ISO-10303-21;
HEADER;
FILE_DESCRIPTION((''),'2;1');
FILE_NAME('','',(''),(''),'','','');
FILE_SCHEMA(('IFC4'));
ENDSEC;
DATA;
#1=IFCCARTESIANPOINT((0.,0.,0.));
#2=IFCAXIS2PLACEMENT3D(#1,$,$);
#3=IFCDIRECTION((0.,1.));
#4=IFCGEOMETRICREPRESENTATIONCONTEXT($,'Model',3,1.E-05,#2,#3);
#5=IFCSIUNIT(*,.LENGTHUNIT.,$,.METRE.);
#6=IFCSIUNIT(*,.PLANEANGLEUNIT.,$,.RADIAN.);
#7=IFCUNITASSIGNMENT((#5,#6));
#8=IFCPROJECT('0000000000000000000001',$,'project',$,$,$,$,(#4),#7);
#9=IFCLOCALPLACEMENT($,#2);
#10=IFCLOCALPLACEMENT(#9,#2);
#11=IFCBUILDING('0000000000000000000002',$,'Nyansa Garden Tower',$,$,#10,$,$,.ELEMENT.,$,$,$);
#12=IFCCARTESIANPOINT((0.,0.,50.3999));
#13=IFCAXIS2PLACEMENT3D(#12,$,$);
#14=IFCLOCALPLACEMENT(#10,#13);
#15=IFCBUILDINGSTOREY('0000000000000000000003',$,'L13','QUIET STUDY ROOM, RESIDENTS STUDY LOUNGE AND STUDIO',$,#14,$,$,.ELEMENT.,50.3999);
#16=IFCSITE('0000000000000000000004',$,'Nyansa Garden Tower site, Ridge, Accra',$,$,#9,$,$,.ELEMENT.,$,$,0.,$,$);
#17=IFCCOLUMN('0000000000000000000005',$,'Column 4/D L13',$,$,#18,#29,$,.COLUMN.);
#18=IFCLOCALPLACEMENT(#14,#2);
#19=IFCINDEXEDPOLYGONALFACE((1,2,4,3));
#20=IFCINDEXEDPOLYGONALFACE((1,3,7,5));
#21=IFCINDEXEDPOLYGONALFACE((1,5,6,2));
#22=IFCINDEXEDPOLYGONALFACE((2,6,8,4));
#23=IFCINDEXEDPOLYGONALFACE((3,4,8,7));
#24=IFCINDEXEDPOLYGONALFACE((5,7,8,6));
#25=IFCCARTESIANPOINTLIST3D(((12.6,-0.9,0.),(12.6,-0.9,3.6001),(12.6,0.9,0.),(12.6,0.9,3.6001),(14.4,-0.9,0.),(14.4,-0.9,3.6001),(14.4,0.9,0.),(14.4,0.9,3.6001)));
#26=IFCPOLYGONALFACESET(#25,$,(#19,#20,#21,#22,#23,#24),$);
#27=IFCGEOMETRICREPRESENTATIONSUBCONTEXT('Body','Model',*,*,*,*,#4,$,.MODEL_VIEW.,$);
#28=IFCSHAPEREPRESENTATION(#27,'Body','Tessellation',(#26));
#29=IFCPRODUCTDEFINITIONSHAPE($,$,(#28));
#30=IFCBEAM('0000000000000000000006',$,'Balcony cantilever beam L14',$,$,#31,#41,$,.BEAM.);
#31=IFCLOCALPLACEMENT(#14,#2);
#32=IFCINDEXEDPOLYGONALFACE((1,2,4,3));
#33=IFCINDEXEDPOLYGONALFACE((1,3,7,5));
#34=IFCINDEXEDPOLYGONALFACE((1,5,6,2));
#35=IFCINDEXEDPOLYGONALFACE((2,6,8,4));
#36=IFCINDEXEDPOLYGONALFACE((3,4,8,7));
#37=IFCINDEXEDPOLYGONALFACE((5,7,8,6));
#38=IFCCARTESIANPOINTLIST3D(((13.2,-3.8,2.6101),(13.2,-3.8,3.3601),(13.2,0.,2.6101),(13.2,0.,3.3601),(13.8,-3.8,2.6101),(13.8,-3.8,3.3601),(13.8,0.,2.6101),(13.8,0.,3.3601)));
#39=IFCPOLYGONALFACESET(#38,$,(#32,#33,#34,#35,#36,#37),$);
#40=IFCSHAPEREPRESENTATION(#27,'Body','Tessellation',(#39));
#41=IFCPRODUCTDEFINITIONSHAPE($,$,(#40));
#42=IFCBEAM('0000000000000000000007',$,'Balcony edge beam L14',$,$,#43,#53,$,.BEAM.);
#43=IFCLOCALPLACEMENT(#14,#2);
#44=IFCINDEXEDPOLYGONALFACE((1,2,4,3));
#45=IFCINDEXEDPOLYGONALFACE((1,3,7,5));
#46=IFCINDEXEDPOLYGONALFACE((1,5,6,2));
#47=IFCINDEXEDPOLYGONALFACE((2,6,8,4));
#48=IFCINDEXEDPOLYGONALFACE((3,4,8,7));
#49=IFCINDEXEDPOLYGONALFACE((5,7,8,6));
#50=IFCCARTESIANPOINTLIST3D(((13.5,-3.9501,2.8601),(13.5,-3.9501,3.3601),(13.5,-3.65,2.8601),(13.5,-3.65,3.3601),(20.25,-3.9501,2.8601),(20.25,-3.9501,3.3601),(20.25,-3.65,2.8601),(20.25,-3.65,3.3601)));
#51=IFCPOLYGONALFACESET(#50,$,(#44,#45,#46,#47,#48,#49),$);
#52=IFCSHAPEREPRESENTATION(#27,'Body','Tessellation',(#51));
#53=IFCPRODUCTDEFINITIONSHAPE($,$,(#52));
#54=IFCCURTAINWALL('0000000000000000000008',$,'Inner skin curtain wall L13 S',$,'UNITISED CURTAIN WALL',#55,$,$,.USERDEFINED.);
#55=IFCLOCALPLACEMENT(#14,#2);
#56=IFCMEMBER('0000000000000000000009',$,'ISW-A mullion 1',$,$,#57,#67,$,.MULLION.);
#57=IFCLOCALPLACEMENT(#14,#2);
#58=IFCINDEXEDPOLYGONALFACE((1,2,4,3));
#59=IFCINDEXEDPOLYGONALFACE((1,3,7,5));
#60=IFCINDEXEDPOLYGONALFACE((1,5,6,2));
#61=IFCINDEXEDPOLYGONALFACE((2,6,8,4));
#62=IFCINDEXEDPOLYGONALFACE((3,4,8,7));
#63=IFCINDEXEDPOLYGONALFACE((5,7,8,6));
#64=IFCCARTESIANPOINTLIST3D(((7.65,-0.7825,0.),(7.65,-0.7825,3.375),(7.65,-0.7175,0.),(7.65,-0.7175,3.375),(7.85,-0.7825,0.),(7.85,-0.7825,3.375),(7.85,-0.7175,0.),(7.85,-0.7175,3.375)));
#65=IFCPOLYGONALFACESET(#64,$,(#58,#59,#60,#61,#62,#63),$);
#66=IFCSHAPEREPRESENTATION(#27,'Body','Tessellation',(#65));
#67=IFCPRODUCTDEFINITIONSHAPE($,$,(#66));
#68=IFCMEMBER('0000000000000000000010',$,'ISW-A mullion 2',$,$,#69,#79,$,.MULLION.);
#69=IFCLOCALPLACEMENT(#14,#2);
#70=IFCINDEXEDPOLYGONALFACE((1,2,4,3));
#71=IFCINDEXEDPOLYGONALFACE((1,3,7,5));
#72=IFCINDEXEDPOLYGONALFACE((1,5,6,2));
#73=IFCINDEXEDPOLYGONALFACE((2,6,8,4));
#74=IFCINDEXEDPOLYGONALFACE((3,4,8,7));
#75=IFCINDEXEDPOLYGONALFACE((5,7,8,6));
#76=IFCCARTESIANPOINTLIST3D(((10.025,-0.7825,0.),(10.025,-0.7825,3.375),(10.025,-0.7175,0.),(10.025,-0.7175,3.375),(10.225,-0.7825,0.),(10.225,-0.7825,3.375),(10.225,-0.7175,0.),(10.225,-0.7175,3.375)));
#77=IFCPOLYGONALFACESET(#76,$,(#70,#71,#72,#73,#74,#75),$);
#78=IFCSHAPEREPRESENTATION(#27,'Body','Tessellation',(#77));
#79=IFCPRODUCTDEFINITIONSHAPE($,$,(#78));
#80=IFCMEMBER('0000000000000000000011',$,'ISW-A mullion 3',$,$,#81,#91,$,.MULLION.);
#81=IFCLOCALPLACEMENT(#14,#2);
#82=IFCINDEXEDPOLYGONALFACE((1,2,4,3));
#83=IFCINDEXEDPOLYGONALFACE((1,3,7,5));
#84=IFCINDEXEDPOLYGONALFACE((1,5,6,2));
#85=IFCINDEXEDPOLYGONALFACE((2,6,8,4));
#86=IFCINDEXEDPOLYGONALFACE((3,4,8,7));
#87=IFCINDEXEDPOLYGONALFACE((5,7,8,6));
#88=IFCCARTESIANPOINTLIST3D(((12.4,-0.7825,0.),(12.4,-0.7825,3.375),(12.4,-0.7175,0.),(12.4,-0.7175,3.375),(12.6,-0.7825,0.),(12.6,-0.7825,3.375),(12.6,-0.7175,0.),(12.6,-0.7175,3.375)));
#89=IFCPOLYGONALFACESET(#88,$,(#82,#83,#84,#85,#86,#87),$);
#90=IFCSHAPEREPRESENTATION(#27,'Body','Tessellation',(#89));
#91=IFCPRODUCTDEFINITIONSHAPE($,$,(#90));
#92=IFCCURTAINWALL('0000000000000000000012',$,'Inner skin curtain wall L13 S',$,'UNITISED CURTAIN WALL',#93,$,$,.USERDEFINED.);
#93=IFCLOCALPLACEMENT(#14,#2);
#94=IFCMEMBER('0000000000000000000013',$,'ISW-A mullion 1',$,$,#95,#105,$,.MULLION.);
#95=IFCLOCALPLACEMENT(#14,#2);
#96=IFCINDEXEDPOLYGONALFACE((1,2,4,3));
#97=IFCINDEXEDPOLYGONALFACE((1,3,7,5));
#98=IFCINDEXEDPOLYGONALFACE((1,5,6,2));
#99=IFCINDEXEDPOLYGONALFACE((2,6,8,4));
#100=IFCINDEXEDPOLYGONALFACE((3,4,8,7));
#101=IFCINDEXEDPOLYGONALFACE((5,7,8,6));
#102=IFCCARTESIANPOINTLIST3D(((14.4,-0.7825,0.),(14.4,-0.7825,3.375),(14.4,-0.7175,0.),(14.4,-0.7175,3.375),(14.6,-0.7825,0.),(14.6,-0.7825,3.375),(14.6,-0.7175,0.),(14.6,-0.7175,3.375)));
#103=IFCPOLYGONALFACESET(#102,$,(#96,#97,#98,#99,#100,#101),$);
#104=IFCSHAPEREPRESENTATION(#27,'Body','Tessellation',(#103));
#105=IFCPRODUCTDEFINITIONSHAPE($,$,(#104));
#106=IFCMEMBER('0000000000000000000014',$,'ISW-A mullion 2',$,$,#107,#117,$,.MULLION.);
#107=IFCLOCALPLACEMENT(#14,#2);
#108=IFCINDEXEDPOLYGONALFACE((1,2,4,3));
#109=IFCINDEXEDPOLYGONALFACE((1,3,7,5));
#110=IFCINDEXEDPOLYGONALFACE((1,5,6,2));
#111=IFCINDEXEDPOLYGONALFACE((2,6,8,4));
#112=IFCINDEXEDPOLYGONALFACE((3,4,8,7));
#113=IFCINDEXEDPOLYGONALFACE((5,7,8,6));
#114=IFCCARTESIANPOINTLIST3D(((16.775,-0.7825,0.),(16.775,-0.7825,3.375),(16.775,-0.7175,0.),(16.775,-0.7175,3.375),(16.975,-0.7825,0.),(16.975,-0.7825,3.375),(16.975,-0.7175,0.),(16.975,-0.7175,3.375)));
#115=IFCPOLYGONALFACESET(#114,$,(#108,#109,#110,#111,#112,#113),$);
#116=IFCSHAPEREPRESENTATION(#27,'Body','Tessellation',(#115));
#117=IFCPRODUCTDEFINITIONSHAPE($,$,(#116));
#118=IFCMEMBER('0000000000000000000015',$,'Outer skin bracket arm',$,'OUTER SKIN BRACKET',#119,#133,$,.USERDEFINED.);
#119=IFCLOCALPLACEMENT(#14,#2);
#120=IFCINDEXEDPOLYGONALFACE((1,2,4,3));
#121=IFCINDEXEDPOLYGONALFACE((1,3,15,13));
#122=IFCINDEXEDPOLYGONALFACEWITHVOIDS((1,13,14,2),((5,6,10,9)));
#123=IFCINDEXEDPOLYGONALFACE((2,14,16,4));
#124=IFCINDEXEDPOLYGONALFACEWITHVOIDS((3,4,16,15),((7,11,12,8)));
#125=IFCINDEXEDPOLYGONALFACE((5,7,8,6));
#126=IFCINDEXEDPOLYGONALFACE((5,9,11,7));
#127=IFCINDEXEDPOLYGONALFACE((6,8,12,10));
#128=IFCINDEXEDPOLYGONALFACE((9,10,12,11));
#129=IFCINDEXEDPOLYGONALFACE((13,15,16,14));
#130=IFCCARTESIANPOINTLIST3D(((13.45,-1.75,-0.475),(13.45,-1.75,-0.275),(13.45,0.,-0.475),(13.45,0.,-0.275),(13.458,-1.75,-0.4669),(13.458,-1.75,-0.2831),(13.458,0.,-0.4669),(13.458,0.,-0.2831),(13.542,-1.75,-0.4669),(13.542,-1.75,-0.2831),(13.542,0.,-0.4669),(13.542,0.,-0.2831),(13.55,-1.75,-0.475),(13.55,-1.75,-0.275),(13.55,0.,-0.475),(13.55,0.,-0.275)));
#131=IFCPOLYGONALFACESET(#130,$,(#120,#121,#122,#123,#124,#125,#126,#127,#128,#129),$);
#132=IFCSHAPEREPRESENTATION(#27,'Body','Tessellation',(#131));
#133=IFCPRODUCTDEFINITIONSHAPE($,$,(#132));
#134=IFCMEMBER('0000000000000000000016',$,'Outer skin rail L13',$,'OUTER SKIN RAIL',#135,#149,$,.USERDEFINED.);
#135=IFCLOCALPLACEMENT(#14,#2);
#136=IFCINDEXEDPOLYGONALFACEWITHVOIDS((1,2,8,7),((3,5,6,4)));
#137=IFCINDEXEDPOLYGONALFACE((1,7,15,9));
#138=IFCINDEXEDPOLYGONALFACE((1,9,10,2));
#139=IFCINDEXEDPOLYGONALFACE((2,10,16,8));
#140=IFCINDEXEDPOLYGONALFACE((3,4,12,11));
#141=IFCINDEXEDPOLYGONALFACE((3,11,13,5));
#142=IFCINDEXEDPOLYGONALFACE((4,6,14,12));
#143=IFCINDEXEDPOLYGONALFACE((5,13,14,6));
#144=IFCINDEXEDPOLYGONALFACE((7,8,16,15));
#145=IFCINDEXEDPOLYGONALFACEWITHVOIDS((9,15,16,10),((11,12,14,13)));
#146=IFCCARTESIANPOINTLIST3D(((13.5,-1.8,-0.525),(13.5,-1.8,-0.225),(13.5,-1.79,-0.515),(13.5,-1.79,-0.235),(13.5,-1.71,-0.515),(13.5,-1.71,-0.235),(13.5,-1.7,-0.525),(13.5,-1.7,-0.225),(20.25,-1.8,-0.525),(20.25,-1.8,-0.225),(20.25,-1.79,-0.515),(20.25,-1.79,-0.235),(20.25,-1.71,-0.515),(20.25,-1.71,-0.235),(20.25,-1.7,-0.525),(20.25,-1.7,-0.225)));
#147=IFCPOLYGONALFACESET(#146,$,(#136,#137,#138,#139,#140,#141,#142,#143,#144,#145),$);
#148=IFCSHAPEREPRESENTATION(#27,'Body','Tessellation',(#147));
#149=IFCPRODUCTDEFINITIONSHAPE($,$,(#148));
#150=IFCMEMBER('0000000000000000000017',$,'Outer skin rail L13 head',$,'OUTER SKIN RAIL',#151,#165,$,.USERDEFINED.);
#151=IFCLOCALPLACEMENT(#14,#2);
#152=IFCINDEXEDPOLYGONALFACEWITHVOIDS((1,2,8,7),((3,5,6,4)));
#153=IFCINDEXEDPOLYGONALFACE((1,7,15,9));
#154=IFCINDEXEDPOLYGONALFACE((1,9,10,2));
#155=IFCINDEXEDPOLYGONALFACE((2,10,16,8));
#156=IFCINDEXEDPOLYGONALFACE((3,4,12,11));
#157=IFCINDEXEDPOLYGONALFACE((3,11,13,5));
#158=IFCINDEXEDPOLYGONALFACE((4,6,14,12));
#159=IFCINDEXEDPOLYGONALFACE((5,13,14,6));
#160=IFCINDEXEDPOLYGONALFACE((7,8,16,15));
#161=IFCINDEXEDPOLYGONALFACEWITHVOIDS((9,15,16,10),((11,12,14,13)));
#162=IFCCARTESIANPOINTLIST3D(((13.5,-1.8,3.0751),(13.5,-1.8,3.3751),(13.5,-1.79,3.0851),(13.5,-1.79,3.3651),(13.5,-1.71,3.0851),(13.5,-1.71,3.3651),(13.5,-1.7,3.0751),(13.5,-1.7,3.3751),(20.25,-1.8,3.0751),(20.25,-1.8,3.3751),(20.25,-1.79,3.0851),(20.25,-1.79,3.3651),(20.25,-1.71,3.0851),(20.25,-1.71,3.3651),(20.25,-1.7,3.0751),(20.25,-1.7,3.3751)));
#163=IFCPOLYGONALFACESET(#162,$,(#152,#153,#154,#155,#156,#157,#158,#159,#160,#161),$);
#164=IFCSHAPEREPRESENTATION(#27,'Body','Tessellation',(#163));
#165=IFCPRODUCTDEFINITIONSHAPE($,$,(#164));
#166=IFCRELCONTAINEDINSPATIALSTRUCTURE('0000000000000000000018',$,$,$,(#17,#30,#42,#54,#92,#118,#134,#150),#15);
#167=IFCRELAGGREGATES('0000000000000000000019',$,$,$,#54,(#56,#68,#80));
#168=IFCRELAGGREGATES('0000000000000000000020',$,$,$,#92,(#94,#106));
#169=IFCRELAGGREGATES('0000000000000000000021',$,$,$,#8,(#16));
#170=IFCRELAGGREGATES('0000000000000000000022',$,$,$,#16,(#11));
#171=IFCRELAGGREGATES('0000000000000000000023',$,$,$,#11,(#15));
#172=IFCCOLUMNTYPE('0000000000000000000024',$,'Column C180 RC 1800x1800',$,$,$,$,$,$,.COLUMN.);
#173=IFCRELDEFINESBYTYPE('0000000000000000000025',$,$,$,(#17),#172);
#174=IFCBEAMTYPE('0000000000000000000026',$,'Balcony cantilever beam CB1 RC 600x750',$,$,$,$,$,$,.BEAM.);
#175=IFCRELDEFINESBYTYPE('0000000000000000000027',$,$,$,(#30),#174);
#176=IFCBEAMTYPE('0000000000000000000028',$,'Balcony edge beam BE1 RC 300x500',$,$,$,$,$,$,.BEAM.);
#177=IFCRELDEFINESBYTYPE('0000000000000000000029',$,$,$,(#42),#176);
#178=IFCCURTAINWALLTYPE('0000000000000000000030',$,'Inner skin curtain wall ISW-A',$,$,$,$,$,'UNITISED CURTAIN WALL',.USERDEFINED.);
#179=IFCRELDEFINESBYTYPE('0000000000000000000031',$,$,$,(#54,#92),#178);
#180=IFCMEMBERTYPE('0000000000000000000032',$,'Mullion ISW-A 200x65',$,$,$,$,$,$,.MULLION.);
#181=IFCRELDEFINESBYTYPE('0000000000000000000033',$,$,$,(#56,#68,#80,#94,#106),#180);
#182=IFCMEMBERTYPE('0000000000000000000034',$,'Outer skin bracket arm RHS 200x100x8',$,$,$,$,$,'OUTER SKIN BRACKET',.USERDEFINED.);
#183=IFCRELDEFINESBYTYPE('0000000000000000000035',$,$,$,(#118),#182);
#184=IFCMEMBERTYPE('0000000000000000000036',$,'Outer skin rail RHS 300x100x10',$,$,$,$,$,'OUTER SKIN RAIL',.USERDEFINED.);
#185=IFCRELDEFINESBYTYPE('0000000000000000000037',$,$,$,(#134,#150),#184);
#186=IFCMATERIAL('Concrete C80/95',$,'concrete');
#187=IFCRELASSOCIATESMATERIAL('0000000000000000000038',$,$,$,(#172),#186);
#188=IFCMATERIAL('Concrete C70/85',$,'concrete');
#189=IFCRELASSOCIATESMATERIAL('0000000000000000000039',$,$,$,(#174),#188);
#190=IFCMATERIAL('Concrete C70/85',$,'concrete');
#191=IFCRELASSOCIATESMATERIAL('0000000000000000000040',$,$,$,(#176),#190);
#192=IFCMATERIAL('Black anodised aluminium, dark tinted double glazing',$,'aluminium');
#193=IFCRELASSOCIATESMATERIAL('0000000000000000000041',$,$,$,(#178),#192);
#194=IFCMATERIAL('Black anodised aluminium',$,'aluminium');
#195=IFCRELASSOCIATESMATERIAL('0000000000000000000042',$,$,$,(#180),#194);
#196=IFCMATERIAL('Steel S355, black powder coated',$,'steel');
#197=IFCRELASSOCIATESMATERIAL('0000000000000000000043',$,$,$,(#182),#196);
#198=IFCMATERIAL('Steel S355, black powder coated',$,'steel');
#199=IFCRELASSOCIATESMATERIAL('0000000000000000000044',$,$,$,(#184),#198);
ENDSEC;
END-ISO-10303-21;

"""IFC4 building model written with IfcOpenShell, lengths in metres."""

from ifc_helpers import new_model, si_unit, direction, frame, origin, origin_2d, place, context, subcontext, project, spatial, rectangle, hollow_rectangle, extrude, material, material_profile, profile_set, type_object, element, aggregate, save


model = new_model("IFC4")

# Units and contexts
model_context = context("Model", 3, precision=1e-05, world=origin(), true_north=direction((0.0, 1.0)))
body_context = subcontext(model_context, "Body", "Model", "MODEL_VIEW")
ifc_project = project(units=[si_unit("LENGTHUNIT", "METRE"), si_unit("PLANEANGLEUNIT", "RADIAN")], contexts=[model_context])

# Site, building, storey
site_placement = place(None, origin())
site = spatial("IfcSite", under=ifc_project, at=site_placement, Name="Nyansa Garden Tower site, Ridge, Accra", CompositionType="ELEMENT", RefElevation=0.0)
building_placement = place(site_placement, origin())
building = spatial("IfcBuilding", under=site, at=building_placement, Name="Nyansa Garden Tower", CompositionType="ELEMENT")
storey_placement = place(building_placement, frame((0.0, 0.0, 50.3999)))
storey = spatial("IfcBuildingStorey", under=building, at=storey_placement, Name="L13", Description="QUIET STUDY ROOM, RESIDENTS STUDY LOUNGE AND STUDIO", CompositionType="ELEMENT", Elevation=50.3999)

# Column
ifc_material_1 = material(Name="Concrete C80/95", Category="concrete")
ifc_material_profile_1 = material_profile(ifc_material_1, rectangle(XDim=1.8, YDim=1.8, at=origin_2d()), Name="RC 1800x1800")
ifc_profile_set_1 = profile_set([ifc_material_profile_1], Name="Concrete C80/95")
column_type = type_object("IfcColumnType", Name="Column C180 RC 1800x1800", PredefinedType="COLUMN", material=ifc_profile_set_1)
column_placement = place(storey_placement, frame((13.5, 0.0, 0.0), z_axis=(0.0, 0.0, 1.0), x_axis=(1.0, 0.0, 0.0)))
element("IfcColumn", 1, at=column_placement, inside=storey, type_object=column_type, Name="Column 4/D L13", PredefinedType="COLUMN", context=body_context, shape_type="SweptSolid", body=[
    extrude(rectangle(XDim=1.8, YDim=1.8, at=origin_2d()), origin(), (0.0, 0.0, 1.0), 3.6001),
])

# Beams
ifc_material_2 = material(Name="Concrete C70/85", Category="concrete")
ifc_material_profile_2 = material_profile(ifc_material_2, rectangle(XDim=0.6001, YDim=0.75, at=origin_2d()), Name="RC 600x750")
ifc_profile_set_2 = profile_set([ifc_material_profile_2], Name="Concrete C70/85")
beam_type_1 = type_object("IfcBeamType", Name="Balcony cantilever beam CB1 RC 600x750", PredefinedType="BEAM", material=ifc_profile_set_2)
beam_1_placement = place(storey_placement, frame((13.5, 0.0, 2.9851), z_axis=(0.0, -1.0, 0.0), x_axis=(1.0, 0.0, 0.0)))
element("IfcBeam", 2, at=beam_1_placement, inside=storey, type_object=beam_type_1, Name="Balcony cantilever beam L14", PredefinedType="BEAM", context=body_context, shape_type="SweptSolid", body=[
    extrude(rectangle(XDim=0.6001, YDim=0.75, at=origin_2d()), origin(), (0.0, 0.0, 1.0), 3.8),
])
ifc_material_3 = material(Name="Concrete C70/85", Category="concrete")
ifc_material_profile_3 = material_profile(ifc_material_3, rectangle(XDim=0.3, YDim=0.5, at=origin_2d()), Name="RC 300x500")
ifc_profile_set_3 = profile_set([ifc_material_profile_3], Name="Concrete C70/85")
beam_type_2 = type_object("IfcBeamType", Name="Balcony edge beam BE1 RC 300x500", PredefinedType="BEAM", material=ifc_profile_set_3)
beam_2_placement = place(storey_placement, frame((13.5, -3.8, 3.1101), z_axis=(1.0, 0.0, 0.0), x_axis=(0.0, 1.0, 0.0)))
element("IfcBeam", 3, at=beam_2_placement, inside=storey, type_object=beam_type_2, Name="Balcony edge beam L14", PredefinedType="BEAM", context=body_context, shape_type="SweptSolid", body=[
    extrude(rectangle(XDim=0.3, YDim=0.5, at=origin_2d()), origin(), (0.0, 0.0, 1.0), 6.75),
])

# Curtain walls, members
ifc_material_4 = material(Name="Black anodised aluminium, dark tinted double glazing", Category="aluminium")
curtain_wall_type = type_object("IfcCurtainWallType", Name="Inner skin curtain wall ISW-A", ElementType="UNITISED CURTAIN WALL", PredefinedType="USERDEFINED", material=ifc_material_4)
curtain_wall_1_placement = place(storey_placement, origin())
curtain_wall_1 = element("IfcCurtainWall", 4, at=curtain_wall_1_placement, inside=storey, type_object=curtain_wall_type, Name="Inner skin curtain wall L13 S", ObjectType="UNITISED CURTAIN WALL", PredefinedType="USERDEFINED")
ifc_material_5 = material(Name="Black anodised aluminium", Category="aluminium")
ifc_material_profile_4 = material_profile(ifc_material_5, rectangle(XDim=0.0649, YDim=0.2, at=origin_2d()), Name="Mullion 200x65")
ifc_profile_set_4 = profile_set([ifc_material_profile_4], Name="Black anodised aluminium")
member_type_1 = type_object("IfcMemberType", Name="Mullion ISW-A 200x65", PredefinedType="MULLION", material=ifc_profile_set_4)
member_1_placement = place(storey_placement, frame((7.75, -0.75, 0.0), z_axis=(0.0, 0.0, 1.0), x_axis=(0.0, 1.0, 0.0)))
member_1 = element("IfcMember", 5, at=member_1_placement, type_object=member_type_1, Name="ISW-A mullion 1", PredefinedType="MULLION", context=body_context, shape_type="SweptSolid", body=[
    extrude(rectangle(XDim=0.0649, YDim=0.2, at=origin_2d()), origin(), (0.0, 0.0, 1.0), 3.375),
])
member_2_placement = place(storey_placement, frame((10.125, -0.75, 0.0), z_axis=(0.0, 0.0, 1.0), x_axis=(0.0, 1.0, 0.0)))
member_2 = element("IfcMember", 6, at=member_2_placement, type_object=member_type_1, Name="ISW-A mullion 2", PredefinedType="MULLION", context=body_context, shape_type="SweptSolid", body=[
    extrude(rectangle(XDim=0.0649, YDim=0.2, at=origin_2d()), origin(), (0.0, 0.0, 1.0), 3.375),
])
member_3_placement = place(storey_placement, frame((12.5, -0.75, 0.0), z_axis=(0.0, 0.0, 1.0), x_axis=(0.0, 1.0, 0.0)))
member_3 = element("IfcMember", 7, at=member_3_placement, type_object=member_type_1, Name="ISW-A mullion 3", PredefinedType="MULLION", context=body_context, shape_type="SweptSolid", body=[
    extrude(rectangle(XDim=0.0649, YDim=0.2, at=origin_2d()), origin(), (0.0, 0.0, 1.0), 3.375),
])
curtain_wall_2_placement = place(storey_placement, origin())
curtain_wall_2 = element("IfcCurtainWall", 8, at=curtain_wall_2_placement, inside=storey, type_object=curtain_wall_type, Name="Inner skin curtain wall L13 S", ObjectType="UNITISED CURTAIN WALL", PredefinedType="USERDEFINED")
member_4_placement = place(storey_placement, frame((14.5, -0.75, 0.0), z_axis=(0.0, 0.0, 1.0), x_axis=(0.0, 1.0, 0.0)))
member_4 = element("IfcMember", 9, at=member_4_placement, type_object=member_type_1, Name="ISW-A mullion 1", PredefinedType="MULLION", context=body_context, shape_type="SweptSolid", body=[
    extrude(rectangle(XDim=0.0649, YDim=0.2, at=origin_2d()), origin(), (0.0, 0.0, 1.0), 3.375),
])
member_5_placement = place(storey_placement, frame((16.875, -0.75, 0.0), z_axis=(0.0, 0.0, 1.0), x_axis=(0.0, 1.0, 0.0)))
member_5 = element("IfcMember", 10, at=member_5_placement, type_object=member_type_1, Name="ISW-A mullion 2", PredefinedType="MULLION", context=body_context, shape_type="SweptSolid", body=[
    extrude(rectangle(XDim=0.0649, YDim=0.2, at=origin_2d()), origin(), (0.0, 0.0, 1.0), 3.375),
])

# Members
ifc_material_6 = material(Name="Steel S355, black powder coated", Category="steel")
ifc_material_profile_5 = material_profile(ifc_material_6, hollow_rectangle(XDim=0.1001, YDim=0.2, WallThickness=0.0081, at=origin_2d()), Name="RHS 200x100x8")
ifc_profile_set_5 = profile_set([ifc_material_profile_5], Name="Steel S355, black powder coated")
member_type_2 = type_object("IfcMemberType", Name="Outer skin bracket arm RHS 200x100x8", ElementType="OUTER SKIN BRACKET", PredefinedType="USERDEFINED", material=ifc_profile_set_5)
member_6_placement = place(storey_placement, frame((13.5, 0.0, -0.375), z_axis=(0.0, -1.0, 0.0), x_axis=(1.0, 0.0, 0.0)))
element("IfcMember", 11, at=member_6_placement, inside=storey, type_object=member_type_2, Name="Outer skin bracket arm", ObjectType="OUTER SKIN BRACKET", PredefinedType="USERDEFINED", context=body_context, shape_type="SweptSolid", body=[
    extrude(hollow_rectangle(XDim=0.1001, YDim=0.2, WallThickness=0.0081, at=origin_2d()), origin(), (0.0, 0.0, 1.0), 1.75),
])
ifc_material_7 = material(Name="Steel S355, black powder coated", Category="steel")
ifc_material_profile_6 = material_profile(ifc_material_7, hollow_rectangle(XDim=0.1001, YDim=0.3, WallThickness=0.01, at=origin_2d()), Name="RHS 300x100x10")
ifc_profile_set_6 = profile_set([ifc_material_profile_6], Name="Steel S355, black powder coated")
member_type_3 = type_object("IfcMemberType", Name="Outer skin rail RHS 300x100x10", ElementType="OUTER SKIN RAIL", PredefinedType="USERDEFINED", material=ifc_profile_set_6)
for number, where, z_axis, x_axis, name in (
    (12, (13.5, -1.75, -0.375), (1.0, 0.0, 0.0), (0.0, 1.0, 0.0), "Outer skin rail L13"),
    (13, (13.5, -1.75, 3.2251), (1.0, 0.0, 0.0), (0.0, 1.0, 0.0), "Outer skin rail L13 head"),
):
    element("IfcMember", number, at=place(storey_placement, frame(where, z_axis=z_axis, x_axis=x_axis)), inside=storey, type_object=member_type_3, Name=name, ObjectType="OUTER SKIN RAIL", PredefinedType="USERDEFINED", context=body_context, shape_type="SweptSolid", body=[
        extrude(hollow_rectangle(XDim=0.1001, YDim=0.3, WallThickness=0.01, at=origin_2d()), origin(), (0.0, 0.0, 1.0), 6.75),
    ])

aggregate(curtain_wall_1, [member_1, member_2, member_3])
aggregate(curtain_wall_2, [member_4, member_5])

save(model, "model.ifc")
